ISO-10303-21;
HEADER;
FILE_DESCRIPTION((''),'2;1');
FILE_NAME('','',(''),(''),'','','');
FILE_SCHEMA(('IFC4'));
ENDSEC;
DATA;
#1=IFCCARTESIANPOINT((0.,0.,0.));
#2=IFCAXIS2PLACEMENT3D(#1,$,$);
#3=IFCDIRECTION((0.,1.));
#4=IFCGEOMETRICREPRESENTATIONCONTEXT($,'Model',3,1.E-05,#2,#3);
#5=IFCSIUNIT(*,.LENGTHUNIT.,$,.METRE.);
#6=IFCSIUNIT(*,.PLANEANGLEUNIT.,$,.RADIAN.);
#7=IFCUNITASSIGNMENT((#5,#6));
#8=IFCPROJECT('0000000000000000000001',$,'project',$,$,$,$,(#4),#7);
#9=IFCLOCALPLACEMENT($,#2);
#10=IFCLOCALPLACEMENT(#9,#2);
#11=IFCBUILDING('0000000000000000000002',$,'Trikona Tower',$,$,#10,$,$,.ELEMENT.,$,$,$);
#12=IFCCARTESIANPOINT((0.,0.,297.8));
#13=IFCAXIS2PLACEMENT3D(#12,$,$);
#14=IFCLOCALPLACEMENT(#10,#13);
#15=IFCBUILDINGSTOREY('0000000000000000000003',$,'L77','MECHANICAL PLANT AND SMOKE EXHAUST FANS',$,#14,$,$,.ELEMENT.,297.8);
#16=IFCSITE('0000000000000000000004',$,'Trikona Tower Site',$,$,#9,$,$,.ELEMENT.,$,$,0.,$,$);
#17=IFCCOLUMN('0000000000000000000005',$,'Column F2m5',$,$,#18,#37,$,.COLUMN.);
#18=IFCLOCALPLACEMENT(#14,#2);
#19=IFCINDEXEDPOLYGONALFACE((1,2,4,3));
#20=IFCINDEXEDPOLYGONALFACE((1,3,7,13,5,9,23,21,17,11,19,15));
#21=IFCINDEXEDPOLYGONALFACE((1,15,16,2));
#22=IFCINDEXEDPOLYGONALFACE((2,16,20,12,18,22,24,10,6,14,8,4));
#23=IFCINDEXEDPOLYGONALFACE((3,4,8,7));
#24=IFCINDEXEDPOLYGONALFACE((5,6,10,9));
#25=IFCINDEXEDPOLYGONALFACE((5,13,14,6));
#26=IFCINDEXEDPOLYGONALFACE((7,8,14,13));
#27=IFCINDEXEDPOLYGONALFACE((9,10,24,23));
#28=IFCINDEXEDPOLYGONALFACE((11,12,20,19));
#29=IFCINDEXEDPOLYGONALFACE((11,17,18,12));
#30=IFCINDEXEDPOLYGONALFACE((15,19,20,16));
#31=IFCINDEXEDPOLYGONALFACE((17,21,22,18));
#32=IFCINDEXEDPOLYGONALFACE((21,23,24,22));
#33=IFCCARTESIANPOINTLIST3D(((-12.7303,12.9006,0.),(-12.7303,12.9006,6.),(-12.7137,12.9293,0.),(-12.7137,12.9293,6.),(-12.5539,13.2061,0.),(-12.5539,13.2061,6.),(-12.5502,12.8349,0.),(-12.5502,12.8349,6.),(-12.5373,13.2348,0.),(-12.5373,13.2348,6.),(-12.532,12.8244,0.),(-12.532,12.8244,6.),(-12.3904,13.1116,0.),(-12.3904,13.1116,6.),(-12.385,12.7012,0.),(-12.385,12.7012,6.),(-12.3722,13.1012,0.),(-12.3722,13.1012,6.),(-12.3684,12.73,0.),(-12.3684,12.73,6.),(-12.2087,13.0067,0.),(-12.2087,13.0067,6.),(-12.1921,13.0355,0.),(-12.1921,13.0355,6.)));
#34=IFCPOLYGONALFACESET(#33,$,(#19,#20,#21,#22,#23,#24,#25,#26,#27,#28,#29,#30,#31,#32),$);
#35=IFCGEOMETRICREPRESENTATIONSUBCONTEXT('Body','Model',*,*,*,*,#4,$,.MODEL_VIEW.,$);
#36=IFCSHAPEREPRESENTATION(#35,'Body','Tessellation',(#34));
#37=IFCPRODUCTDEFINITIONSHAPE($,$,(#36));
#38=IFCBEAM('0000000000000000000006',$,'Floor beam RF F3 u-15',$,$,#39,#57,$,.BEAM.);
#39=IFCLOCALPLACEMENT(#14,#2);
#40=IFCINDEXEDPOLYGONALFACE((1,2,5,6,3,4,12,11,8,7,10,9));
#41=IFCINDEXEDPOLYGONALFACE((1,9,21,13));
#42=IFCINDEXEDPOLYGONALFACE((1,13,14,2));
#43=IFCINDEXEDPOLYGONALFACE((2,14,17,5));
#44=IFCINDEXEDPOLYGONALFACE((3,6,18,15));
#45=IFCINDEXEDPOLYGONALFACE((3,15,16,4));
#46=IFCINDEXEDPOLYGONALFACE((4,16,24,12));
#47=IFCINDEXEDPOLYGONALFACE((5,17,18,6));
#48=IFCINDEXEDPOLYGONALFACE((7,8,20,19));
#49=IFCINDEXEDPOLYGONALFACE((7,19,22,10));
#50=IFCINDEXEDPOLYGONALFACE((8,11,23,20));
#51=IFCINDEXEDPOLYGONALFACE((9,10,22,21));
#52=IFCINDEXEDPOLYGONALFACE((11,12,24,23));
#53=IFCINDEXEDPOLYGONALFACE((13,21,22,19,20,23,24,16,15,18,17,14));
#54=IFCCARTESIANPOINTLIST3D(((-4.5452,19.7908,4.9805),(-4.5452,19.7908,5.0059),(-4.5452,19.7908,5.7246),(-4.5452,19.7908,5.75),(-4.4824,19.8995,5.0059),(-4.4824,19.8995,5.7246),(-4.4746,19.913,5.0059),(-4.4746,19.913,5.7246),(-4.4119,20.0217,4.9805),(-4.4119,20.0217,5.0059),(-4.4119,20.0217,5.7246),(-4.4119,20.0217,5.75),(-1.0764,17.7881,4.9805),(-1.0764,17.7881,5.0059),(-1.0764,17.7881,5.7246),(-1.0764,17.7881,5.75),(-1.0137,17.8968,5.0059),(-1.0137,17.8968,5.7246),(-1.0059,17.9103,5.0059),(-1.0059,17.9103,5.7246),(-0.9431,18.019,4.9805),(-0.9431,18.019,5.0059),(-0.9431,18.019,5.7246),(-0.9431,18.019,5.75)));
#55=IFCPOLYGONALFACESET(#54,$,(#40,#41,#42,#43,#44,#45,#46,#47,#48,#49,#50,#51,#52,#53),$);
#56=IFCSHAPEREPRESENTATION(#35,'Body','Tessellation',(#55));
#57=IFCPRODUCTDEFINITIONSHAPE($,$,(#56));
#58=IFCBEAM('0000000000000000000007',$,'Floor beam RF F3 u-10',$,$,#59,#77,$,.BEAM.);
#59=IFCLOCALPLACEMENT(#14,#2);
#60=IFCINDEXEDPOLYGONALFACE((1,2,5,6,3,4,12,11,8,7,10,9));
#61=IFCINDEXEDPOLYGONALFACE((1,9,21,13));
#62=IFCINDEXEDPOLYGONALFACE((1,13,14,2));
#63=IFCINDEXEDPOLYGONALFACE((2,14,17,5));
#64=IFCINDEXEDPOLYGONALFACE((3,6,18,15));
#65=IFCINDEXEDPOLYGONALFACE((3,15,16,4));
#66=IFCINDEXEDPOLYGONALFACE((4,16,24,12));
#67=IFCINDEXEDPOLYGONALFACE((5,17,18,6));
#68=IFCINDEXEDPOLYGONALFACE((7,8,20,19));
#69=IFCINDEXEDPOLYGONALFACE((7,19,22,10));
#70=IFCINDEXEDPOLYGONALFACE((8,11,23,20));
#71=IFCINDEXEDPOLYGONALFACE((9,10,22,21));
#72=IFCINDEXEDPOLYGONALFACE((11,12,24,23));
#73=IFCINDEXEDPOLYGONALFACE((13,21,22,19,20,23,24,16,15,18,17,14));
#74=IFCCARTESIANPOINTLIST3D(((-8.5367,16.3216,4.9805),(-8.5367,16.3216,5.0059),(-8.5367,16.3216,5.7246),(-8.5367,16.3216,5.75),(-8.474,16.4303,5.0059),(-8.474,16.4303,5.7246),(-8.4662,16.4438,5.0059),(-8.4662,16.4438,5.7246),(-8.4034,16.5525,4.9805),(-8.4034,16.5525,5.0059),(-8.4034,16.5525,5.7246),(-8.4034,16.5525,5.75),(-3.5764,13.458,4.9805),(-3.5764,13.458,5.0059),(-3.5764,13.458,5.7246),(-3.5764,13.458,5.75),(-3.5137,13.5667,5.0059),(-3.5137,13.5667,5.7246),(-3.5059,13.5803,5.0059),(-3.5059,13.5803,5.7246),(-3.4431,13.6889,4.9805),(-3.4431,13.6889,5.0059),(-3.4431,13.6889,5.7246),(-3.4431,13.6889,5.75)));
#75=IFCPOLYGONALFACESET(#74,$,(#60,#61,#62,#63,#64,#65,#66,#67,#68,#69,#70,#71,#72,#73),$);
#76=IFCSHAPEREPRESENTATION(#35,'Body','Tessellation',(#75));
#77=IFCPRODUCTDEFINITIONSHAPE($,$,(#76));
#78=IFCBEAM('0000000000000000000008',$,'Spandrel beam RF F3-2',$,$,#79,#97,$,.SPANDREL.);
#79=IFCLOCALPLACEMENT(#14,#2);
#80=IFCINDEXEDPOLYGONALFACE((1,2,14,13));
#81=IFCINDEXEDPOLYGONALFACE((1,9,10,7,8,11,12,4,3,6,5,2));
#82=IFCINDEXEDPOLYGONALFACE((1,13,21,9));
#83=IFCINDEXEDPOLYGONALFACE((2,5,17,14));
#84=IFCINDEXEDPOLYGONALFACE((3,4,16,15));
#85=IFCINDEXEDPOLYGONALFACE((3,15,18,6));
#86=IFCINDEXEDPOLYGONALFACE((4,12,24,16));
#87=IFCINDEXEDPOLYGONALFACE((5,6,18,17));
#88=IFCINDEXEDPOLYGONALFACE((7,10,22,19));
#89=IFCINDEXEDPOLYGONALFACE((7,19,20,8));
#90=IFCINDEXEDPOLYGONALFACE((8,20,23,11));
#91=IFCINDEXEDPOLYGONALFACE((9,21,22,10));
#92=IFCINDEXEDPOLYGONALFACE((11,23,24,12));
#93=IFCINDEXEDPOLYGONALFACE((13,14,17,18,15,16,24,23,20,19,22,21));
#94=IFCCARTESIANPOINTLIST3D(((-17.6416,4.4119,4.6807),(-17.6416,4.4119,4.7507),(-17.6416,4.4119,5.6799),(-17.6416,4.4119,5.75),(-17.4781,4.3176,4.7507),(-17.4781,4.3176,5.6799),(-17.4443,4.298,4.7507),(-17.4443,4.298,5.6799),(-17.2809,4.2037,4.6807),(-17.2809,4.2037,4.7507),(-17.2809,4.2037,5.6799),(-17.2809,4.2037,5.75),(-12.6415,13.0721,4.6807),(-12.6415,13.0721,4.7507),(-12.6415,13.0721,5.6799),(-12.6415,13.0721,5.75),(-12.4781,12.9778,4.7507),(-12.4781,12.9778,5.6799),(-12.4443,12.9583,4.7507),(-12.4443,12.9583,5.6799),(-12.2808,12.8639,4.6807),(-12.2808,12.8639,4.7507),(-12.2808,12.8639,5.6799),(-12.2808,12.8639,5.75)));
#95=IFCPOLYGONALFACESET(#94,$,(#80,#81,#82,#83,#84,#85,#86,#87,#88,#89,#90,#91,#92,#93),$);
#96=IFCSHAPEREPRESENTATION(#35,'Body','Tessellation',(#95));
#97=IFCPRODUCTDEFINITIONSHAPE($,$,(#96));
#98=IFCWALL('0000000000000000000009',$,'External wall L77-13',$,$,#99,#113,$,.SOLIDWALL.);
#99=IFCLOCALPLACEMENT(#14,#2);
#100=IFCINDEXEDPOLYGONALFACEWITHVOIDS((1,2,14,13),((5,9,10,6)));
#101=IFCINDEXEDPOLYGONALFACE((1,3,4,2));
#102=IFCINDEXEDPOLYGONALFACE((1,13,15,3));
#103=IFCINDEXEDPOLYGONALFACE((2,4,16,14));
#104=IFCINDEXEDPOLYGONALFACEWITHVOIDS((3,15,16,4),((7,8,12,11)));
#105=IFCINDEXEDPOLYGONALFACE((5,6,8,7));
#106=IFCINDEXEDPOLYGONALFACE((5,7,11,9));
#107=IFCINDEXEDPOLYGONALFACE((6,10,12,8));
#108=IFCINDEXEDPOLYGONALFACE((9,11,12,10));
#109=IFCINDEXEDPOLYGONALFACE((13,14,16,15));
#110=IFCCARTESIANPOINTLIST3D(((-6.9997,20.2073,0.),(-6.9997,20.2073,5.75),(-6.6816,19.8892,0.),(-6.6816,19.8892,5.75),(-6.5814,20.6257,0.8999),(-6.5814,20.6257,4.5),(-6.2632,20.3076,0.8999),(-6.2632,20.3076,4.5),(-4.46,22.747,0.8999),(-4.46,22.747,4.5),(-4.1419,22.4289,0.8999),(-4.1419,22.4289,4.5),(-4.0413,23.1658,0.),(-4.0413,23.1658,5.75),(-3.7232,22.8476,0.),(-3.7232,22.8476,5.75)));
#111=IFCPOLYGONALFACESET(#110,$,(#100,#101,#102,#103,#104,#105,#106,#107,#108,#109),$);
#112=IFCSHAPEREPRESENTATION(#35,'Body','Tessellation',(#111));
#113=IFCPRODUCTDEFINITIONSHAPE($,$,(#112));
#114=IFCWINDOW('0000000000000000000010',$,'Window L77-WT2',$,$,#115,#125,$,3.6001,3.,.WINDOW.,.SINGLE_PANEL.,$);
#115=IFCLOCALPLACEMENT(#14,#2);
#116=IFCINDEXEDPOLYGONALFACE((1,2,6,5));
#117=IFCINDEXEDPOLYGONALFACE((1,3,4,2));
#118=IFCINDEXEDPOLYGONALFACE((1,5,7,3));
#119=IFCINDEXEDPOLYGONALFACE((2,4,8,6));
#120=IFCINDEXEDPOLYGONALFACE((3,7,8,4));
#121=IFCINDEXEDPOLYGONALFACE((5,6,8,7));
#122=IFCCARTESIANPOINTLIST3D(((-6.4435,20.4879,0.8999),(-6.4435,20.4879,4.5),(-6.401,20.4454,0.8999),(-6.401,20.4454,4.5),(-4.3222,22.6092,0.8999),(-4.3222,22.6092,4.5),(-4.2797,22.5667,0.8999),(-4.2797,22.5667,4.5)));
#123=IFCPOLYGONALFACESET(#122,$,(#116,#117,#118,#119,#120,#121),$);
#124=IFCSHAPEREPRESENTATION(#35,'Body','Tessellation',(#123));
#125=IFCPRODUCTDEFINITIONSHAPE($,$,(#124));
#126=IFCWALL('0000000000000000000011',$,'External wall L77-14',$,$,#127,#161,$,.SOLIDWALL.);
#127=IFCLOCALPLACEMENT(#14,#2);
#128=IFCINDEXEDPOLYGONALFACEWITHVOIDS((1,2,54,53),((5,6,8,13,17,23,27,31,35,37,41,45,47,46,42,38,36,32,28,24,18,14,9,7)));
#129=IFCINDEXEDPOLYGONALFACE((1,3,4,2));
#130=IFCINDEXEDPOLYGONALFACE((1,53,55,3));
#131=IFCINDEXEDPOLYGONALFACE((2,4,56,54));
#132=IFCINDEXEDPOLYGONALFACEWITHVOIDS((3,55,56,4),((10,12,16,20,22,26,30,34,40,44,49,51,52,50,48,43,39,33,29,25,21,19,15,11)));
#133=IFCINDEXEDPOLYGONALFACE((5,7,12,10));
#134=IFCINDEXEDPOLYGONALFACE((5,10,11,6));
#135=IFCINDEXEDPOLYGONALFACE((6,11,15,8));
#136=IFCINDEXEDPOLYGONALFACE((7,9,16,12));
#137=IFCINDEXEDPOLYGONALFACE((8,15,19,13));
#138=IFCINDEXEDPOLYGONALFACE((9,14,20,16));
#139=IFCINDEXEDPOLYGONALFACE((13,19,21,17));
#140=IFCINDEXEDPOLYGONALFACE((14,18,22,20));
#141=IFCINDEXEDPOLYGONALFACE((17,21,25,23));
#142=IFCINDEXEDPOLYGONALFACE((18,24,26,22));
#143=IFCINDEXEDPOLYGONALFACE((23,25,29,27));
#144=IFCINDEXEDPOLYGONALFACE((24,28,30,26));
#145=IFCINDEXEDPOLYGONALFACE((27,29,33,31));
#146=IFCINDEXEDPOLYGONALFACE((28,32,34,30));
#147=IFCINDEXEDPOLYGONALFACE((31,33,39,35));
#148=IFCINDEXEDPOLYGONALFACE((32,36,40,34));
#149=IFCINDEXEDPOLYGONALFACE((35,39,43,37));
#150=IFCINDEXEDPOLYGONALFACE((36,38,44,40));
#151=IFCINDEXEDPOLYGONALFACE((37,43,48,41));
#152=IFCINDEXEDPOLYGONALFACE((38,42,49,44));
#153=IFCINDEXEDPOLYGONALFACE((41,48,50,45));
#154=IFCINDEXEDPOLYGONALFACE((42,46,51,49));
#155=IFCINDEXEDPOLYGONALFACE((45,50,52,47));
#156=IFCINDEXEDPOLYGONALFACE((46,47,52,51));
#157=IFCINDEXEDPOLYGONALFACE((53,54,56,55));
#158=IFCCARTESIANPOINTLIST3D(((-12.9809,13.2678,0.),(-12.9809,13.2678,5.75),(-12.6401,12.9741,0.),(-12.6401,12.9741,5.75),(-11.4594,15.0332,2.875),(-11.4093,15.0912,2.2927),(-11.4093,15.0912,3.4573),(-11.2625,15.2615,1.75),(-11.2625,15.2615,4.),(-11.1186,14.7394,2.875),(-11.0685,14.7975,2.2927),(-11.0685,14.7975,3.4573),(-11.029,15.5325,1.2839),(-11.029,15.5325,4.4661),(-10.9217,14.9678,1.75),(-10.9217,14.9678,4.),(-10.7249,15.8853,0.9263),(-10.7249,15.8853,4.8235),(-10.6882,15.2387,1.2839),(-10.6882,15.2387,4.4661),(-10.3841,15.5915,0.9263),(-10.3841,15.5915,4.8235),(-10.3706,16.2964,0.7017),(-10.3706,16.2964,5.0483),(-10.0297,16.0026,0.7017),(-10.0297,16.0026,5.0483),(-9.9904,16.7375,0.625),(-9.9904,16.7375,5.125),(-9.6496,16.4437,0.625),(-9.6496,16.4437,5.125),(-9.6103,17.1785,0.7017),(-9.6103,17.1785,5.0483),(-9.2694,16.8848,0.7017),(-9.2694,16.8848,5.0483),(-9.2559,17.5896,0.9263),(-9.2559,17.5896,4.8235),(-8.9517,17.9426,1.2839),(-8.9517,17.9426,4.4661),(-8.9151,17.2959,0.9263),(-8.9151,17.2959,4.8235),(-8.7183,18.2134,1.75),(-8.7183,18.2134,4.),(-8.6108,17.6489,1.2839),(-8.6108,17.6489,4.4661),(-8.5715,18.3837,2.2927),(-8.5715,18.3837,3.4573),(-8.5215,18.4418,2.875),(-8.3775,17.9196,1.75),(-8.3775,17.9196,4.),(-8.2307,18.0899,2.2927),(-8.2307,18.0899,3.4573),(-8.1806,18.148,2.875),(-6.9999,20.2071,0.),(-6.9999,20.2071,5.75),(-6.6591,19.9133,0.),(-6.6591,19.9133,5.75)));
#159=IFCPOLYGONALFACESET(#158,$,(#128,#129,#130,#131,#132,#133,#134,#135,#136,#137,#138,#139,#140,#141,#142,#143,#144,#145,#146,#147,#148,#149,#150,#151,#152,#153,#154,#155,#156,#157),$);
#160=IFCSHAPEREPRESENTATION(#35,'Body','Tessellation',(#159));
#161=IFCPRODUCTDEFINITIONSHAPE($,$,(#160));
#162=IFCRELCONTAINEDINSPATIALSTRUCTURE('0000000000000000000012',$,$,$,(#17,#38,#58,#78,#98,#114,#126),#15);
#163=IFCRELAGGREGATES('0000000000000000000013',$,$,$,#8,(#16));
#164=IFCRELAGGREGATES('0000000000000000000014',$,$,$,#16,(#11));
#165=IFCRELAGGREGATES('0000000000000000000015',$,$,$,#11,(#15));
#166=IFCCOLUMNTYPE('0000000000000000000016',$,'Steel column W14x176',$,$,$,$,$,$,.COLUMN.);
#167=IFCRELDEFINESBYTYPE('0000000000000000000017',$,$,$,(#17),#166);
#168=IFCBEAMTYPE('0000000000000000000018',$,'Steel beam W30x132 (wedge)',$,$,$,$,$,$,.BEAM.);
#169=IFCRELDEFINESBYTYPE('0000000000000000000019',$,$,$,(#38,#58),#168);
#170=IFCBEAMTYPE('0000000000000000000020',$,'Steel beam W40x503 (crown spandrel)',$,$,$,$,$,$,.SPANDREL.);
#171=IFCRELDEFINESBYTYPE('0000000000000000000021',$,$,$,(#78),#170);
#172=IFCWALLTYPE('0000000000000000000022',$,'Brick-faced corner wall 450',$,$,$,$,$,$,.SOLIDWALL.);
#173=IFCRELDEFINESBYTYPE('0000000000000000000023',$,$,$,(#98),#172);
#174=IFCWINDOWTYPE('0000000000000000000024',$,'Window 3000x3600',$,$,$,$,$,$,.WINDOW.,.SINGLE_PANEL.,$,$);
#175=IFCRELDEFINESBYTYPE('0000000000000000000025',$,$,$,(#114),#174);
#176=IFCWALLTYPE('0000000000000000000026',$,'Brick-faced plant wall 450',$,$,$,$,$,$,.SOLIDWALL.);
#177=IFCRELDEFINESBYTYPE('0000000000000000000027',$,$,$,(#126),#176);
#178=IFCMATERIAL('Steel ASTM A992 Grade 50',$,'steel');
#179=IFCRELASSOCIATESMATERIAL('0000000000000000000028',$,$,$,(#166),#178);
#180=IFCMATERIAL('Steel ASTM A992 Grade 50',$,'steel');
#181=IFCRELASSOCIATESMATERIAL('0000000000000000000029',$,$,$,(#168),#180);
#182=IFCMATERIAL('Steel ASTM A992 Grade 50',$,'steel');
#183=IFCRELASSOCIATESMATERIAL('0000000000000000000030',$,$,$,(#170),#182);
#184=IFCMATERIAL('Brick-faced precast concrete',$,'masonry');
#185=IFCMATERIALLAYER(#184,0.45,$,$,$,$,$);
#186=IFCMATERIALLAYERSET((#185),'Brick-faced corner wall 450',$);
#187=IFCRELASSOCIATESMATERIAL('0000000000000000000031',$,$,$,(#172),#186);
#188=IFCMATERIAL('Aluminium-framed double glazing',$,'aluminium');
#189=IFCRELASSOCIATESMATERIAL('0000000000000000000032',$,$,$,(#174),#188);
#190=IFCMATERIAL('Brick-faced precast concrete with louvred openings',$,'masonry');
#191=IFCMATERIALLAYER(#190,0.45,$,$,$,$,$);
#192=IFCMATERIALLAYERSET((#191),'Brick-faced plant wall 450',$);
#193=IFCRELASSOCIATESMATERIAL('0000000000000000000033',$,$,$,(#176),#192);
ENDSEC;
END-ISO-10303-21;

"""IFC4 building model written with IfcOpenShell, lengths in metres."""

from ifc_helpers import new_model, si_unit, direction, frame, frame_2d, origin, origin_2d, place, context, subcontext, project, spatial, polyline, rectangle, i_section, outline, extrude, material, layer, layer_set, material_profile, profile_set, type_object, element, fill, save


model = new_model("IFC4")

# Units and contexts
model_context = context("Model", 3, precision=1e-05, world=origin(), true_north=direction((0.0, 1.0)))
body_context = subcontext(model_context, "Body", "Model", "MODEL_VIEW")
ifc_project = project(units=[si_unit("LENGTHUNIT", "METRE"), si_unit("PLANEANGLEUNIT", "RADIAN")], contexts=[model_context])

# Site, building, storey
site_placement = place(None, origin())
site = spatial("IfcSite", under=ifc_project, at=site_placement, Name="Trikona Tower Site", CompositionType="ELEMENT", RefElevation=0.0)
building_placement = place(site_placement, origin())
building = spatial("IfcBuilding", under=site, at=building_placement, Name="Trikona Tower", CompositionType="ELEMENT")
storey_placement = place(building_placement, frame((0.0, 0.0, 297.8)))
storey = spatial("IfcBuildingStorey", under=building, at=storey_placement, Name="L77", Description="MECHANICAL PLANT AND SMOKE EXHAUST FANS", CompositionType="ELEMENT", Elevation=297.8)

# Column
ifc_material_1 = material(Name="Steel ASTM A992 Grade 50", Category="steel")
ifc_material_profile_1 = material_profile(ifc_material_1, i_section(OverallWidth=0.3987, OverallDepth=0.386, WebThickness=0.021, FlangeThickness=0.0332, at=origin_2d()), Name="W14X176")
ifc_profile_set_1 = profile_set([ifc_material_profile_1], Name="Steel ASTM A992 Grade 50")
column_type = type_object("IfcColumnType", Name="Steel column W14x176", PredefinedType="COLUMN", material=ifc_profile_set_1)
column_placement = place(storey_placement, frame((-12.4612, 12.968, 0.0), z_axis=(0.0, 0.0, 1.0), x_axis=(-0.866025, 0.5, 0.0)))
element("IfcColumn", 1, at=column_placement, inside=storey, type_object=column_type, Name="Column F2m5", PredefinedType="COLUMN", context=body_context, shape_type="SweptSolid", body=[
    extrude(i_section(OverallWidth=0.3987, OverallDepth=0.386, WebThickness=0.021, FlangeThickness=0.0332, at=origin_2d()), origin(), (0.0, 0.0, 1.0), 6.0),
])

# Beams
ifc_material_2 = material(Name="Steel ASTM A992 Grade 50", Category="steel")
ifc_material_profile_2 = material_profile(ifc_material_2, i_section(OverallWidth=0.2666, OverallDepth=0.7695, WebThickness=0.0156, FlangeThickness=0.0254, at=origin_2d()), Name="W30X132")
ifc_profile_set_2 = profile_set([ifc_material_profile_2], Name="Steel ASTM A992 Grade 50")
beam_type_1 = type_object("IfcBeamType", Name="Steel beam W30x132 (wedge)", PredefinedType="BEAM", material=ifc_profile_set_2)
beam_1_placement = place(storey_placement, frame((-1.0098, 17.9036, 5.3652), z_axis=(-0.866025, 0.5, 0.0), x_axis=(-0.5, -0.866025, 0.0)))
element("IfcBeam", 2, at=beam_1_placement, inside=storey, type_object=beam_type_1, Name="Floor beam RF F3 u-15", PredefinedType="BEAM", context=body_context, shape_type="SweptSolid", body=[
    extrude(i_section(OverallWidth=0.2666, OverallDepth=0.7695, WebThickness=0.0156, FlangeThickness=0.0254, at=origin_2d()), origin(), (0.0, 0.0, 1.0), 4.0054),
])
beam_2_placement = place(storey_placement, frame((-3.5098, 13.5735, 5.3652), z_axis=(-0.866044, 0.499967, 0.0), x_axis=(-0.499967, -0.866044, 0.0)))
element("IfcBeam", 3, at=beam_2_placement, inside=storey, type_object=beam_type_1, Name="Floor beam RF F3 u-10", PredefinedType="BEAM", context=body_context, shape_type="SweptSolid", body=[
    extrude(i_section(OverallWidth=0.2666, OverallDepth=0.7695, WebThickness=0.0156, FlangeThickness=0.0254, at=origin_2d()), origin(), (0.0, 0.0, 1.0), 5.7275),
])
ifc_material_3 = material(Name="Steel ASTM A992 Grade 50", Category="steel")
ifc_material_profile_3 = material_profile(ifc_material_3, i_section(OverallWidth=0.4165, OverallDepth=1.0693, WebThickness=0.0391, FlangeThickness=0.0701, at=origin_2d()), Name="W40X503")
ifc_profile_set_3 = profile_set([ifc_material_profile_3], Name="Steel ASTM A992 Grade 50")
beam_type_2 = type_object("IfcBeamType", Name="Steel beam W40x503 (crown spandrel)", PredefinedType="SPANDREL", material=ifc_profile_set_3)
beam_3_placement = place(storey_placement, frame((-12.4612, 12.968, 5.2153), z_axis=(-0.500004, -0.866023, 0.0), x_axis=(0.866023, -0.500004, 0.0)))
element("IfcBeam", 4, at=beam_3_placement, inside=storey, type_object=beam_type_2, Name="Spandrel beam RF F3-2", PredefinedType="SPANDREL", context=body_context, shape_type="SweptSolid", body=[
    extrude(i_section(OverallWidth=0.4165, OverallDepth=1.0693, WebThickness=0.0391, FlangeThickness=0.0701, at=origin_2d()), origin(), (0.0, 0.0, 1.0), 10.0),
])

# Wall, opening, window
ifc_material_4 = material(Name="Brick-faced precast concrete", Category="masonry")
ifc_layer_1 = layer(ifc_material_4, 0.45)
ifc_layer_set_1 = layer_set([ifc_layer_1], Name="Brick-faced corner wall 450")
wall_type_1 = type_object("IfcWallType", Name="Brick-faced corner wall 450", PredefinedType="SOLIDWALL", material=ifc_layer_set_1)
wall_1_placement = place(storey_placement, frame((-3.8823, 23.0066, 0.0), z_axis=(0.0, 0.0, 1.0), x_axis=(-0.707107, -0.707107, 0.0)))
wall_1 = element("IfcWall", 5, at=wall_1_placement, inside=storey, type_object=wall_type_1, Name="External wall L77-13", PredefinedType="SOLIDWALL", context=body_context, shape_type="SweptSolid", body=[
    extrude(rectangle(XDim=4.1838, YDim=0.45, at=frame_2d((2.0918, 0.0))), origin(), (0.0, 0.0, 1.0), 5.75),
])
opening_1_placement = place(wall_1_placement, frame((0.592, 0.0, 0.8999)))
opening_1 = element("IfcOpeningElement", 6, at=opening_1_placement, cuts=wall_1, PredefinedType="OPENING", context=body_context, shape_type="SweptSolid", body=[
    extrude(rectangle(XDim=3.0, YDim=3.6001, at=frame_2d((1.5, 1.8))), frame((0.0, 0.2349, 0.0), z_axis=(0.0, -1.0, 0.0), x_axis=(1.0, 0.0, 0.0)), (0.0, 0.0, 1.0), 0.47),
])
ifc_material_5 = material(Name="Aluminium-framed double glazing", Category="aluminium")
window_type = type_object("IfcWindowType", Name="Window 3000x3600", PartitioningType="SINGLE_PANEL", PredefinedType="WINDOW", material=ifc_material_5)
window_placement = place(opening_1_placement, origin())
window = element("IfcWindow", 7, at=window_placement, inside=storey, type_object=window_type, Name="Window L77-WT2", OverallHeight=3.6001, OverallWidth=3.0, PartitioningType="SINGLE_PANEL", PredefinedType="WINDOW", context=body_context, shape_type="SweptSolid", body=[
    extrude(rectangle(XDim=3.0, YDim=3.6001, at=frame_2d((1.5, 1.8))), frame((0.0, 0.03, 0.0), z_axis=(0.0, -1.0, 0.0), x_axis=(1.0, 0.0, 0.0)), (0.0, 0.0, 1.0), 0.0601),
])
fill(opening_1, window)

# Wall
ifc_material_6 = material(Name="Brick-faced precast concrete with louvred openings", Category="masonry")
ifc_layer_2 = layer(ifc_material_6, 0.45)
ifc_layer_set_2 = layer_set([ifc_layer_2], Name="Brick-faced plant wall 450")
wall_type_2 = type_object("IfcWallType", Name="Brick-faced plant wall 450", PredefinedType="SOLIDWALL", material=ifc_layer_set_2)
wall_2_placement = place(storey_placement, frame((-6.8296, 20.0603, 0.0), z_axis=(0.0, 0.0, 1.0), x_axis=(-0.65287, -0.75747, 0.0)))
element("IfcWall", 8, at=wall_2_placement, inside=storey, type_object=wall_type_2, Name="External wall L77-14", PredefinedType="SOLIDWALL", context=body_context, shape_type="SweptSolid", body=[
    extrude(outline(polyline([(0.0, 0.0), (9.1611, 0.0), (9.1611, 5.75), (0.0, 5.75), (0.0, 0.0)]), holes=[polyline([(6.8306, 2.875), (6.7539, 3.4573), (6.5291, 4.0), (6.1714, 4.4661), (5.7056, 4.8235), (5.1628, 5.0483), (4.5806, 5.125), (3.9983, 5.0483), (3.4556, 4.8235), (2.9895, 4.4661), (2.6321, 4.0), (2.4072, 3.4573), (2.3306, 2.875), (2.4072, 2.2927), (2.6321, 1.75), (2.9895, 1.2839), (3.4556, 0.9263), (3.9983, 0.7017), (4.5806, 0.625), (5.1628, 0.7017), (5.7056, 0.9263), (6.1714, 1.2839), (6.5291, 1.75), (6.7539, 2.2927), (6.8306, 2.875)])]), frame((0.0, 0.2251, 0.0), z_axis=(0.0, -1.0, 0.0), x_axis=(1.0, 0.0, 0.0)), (0.0, 0.0, 1.0), 0.45),
])

save(model, "model.ifc")
